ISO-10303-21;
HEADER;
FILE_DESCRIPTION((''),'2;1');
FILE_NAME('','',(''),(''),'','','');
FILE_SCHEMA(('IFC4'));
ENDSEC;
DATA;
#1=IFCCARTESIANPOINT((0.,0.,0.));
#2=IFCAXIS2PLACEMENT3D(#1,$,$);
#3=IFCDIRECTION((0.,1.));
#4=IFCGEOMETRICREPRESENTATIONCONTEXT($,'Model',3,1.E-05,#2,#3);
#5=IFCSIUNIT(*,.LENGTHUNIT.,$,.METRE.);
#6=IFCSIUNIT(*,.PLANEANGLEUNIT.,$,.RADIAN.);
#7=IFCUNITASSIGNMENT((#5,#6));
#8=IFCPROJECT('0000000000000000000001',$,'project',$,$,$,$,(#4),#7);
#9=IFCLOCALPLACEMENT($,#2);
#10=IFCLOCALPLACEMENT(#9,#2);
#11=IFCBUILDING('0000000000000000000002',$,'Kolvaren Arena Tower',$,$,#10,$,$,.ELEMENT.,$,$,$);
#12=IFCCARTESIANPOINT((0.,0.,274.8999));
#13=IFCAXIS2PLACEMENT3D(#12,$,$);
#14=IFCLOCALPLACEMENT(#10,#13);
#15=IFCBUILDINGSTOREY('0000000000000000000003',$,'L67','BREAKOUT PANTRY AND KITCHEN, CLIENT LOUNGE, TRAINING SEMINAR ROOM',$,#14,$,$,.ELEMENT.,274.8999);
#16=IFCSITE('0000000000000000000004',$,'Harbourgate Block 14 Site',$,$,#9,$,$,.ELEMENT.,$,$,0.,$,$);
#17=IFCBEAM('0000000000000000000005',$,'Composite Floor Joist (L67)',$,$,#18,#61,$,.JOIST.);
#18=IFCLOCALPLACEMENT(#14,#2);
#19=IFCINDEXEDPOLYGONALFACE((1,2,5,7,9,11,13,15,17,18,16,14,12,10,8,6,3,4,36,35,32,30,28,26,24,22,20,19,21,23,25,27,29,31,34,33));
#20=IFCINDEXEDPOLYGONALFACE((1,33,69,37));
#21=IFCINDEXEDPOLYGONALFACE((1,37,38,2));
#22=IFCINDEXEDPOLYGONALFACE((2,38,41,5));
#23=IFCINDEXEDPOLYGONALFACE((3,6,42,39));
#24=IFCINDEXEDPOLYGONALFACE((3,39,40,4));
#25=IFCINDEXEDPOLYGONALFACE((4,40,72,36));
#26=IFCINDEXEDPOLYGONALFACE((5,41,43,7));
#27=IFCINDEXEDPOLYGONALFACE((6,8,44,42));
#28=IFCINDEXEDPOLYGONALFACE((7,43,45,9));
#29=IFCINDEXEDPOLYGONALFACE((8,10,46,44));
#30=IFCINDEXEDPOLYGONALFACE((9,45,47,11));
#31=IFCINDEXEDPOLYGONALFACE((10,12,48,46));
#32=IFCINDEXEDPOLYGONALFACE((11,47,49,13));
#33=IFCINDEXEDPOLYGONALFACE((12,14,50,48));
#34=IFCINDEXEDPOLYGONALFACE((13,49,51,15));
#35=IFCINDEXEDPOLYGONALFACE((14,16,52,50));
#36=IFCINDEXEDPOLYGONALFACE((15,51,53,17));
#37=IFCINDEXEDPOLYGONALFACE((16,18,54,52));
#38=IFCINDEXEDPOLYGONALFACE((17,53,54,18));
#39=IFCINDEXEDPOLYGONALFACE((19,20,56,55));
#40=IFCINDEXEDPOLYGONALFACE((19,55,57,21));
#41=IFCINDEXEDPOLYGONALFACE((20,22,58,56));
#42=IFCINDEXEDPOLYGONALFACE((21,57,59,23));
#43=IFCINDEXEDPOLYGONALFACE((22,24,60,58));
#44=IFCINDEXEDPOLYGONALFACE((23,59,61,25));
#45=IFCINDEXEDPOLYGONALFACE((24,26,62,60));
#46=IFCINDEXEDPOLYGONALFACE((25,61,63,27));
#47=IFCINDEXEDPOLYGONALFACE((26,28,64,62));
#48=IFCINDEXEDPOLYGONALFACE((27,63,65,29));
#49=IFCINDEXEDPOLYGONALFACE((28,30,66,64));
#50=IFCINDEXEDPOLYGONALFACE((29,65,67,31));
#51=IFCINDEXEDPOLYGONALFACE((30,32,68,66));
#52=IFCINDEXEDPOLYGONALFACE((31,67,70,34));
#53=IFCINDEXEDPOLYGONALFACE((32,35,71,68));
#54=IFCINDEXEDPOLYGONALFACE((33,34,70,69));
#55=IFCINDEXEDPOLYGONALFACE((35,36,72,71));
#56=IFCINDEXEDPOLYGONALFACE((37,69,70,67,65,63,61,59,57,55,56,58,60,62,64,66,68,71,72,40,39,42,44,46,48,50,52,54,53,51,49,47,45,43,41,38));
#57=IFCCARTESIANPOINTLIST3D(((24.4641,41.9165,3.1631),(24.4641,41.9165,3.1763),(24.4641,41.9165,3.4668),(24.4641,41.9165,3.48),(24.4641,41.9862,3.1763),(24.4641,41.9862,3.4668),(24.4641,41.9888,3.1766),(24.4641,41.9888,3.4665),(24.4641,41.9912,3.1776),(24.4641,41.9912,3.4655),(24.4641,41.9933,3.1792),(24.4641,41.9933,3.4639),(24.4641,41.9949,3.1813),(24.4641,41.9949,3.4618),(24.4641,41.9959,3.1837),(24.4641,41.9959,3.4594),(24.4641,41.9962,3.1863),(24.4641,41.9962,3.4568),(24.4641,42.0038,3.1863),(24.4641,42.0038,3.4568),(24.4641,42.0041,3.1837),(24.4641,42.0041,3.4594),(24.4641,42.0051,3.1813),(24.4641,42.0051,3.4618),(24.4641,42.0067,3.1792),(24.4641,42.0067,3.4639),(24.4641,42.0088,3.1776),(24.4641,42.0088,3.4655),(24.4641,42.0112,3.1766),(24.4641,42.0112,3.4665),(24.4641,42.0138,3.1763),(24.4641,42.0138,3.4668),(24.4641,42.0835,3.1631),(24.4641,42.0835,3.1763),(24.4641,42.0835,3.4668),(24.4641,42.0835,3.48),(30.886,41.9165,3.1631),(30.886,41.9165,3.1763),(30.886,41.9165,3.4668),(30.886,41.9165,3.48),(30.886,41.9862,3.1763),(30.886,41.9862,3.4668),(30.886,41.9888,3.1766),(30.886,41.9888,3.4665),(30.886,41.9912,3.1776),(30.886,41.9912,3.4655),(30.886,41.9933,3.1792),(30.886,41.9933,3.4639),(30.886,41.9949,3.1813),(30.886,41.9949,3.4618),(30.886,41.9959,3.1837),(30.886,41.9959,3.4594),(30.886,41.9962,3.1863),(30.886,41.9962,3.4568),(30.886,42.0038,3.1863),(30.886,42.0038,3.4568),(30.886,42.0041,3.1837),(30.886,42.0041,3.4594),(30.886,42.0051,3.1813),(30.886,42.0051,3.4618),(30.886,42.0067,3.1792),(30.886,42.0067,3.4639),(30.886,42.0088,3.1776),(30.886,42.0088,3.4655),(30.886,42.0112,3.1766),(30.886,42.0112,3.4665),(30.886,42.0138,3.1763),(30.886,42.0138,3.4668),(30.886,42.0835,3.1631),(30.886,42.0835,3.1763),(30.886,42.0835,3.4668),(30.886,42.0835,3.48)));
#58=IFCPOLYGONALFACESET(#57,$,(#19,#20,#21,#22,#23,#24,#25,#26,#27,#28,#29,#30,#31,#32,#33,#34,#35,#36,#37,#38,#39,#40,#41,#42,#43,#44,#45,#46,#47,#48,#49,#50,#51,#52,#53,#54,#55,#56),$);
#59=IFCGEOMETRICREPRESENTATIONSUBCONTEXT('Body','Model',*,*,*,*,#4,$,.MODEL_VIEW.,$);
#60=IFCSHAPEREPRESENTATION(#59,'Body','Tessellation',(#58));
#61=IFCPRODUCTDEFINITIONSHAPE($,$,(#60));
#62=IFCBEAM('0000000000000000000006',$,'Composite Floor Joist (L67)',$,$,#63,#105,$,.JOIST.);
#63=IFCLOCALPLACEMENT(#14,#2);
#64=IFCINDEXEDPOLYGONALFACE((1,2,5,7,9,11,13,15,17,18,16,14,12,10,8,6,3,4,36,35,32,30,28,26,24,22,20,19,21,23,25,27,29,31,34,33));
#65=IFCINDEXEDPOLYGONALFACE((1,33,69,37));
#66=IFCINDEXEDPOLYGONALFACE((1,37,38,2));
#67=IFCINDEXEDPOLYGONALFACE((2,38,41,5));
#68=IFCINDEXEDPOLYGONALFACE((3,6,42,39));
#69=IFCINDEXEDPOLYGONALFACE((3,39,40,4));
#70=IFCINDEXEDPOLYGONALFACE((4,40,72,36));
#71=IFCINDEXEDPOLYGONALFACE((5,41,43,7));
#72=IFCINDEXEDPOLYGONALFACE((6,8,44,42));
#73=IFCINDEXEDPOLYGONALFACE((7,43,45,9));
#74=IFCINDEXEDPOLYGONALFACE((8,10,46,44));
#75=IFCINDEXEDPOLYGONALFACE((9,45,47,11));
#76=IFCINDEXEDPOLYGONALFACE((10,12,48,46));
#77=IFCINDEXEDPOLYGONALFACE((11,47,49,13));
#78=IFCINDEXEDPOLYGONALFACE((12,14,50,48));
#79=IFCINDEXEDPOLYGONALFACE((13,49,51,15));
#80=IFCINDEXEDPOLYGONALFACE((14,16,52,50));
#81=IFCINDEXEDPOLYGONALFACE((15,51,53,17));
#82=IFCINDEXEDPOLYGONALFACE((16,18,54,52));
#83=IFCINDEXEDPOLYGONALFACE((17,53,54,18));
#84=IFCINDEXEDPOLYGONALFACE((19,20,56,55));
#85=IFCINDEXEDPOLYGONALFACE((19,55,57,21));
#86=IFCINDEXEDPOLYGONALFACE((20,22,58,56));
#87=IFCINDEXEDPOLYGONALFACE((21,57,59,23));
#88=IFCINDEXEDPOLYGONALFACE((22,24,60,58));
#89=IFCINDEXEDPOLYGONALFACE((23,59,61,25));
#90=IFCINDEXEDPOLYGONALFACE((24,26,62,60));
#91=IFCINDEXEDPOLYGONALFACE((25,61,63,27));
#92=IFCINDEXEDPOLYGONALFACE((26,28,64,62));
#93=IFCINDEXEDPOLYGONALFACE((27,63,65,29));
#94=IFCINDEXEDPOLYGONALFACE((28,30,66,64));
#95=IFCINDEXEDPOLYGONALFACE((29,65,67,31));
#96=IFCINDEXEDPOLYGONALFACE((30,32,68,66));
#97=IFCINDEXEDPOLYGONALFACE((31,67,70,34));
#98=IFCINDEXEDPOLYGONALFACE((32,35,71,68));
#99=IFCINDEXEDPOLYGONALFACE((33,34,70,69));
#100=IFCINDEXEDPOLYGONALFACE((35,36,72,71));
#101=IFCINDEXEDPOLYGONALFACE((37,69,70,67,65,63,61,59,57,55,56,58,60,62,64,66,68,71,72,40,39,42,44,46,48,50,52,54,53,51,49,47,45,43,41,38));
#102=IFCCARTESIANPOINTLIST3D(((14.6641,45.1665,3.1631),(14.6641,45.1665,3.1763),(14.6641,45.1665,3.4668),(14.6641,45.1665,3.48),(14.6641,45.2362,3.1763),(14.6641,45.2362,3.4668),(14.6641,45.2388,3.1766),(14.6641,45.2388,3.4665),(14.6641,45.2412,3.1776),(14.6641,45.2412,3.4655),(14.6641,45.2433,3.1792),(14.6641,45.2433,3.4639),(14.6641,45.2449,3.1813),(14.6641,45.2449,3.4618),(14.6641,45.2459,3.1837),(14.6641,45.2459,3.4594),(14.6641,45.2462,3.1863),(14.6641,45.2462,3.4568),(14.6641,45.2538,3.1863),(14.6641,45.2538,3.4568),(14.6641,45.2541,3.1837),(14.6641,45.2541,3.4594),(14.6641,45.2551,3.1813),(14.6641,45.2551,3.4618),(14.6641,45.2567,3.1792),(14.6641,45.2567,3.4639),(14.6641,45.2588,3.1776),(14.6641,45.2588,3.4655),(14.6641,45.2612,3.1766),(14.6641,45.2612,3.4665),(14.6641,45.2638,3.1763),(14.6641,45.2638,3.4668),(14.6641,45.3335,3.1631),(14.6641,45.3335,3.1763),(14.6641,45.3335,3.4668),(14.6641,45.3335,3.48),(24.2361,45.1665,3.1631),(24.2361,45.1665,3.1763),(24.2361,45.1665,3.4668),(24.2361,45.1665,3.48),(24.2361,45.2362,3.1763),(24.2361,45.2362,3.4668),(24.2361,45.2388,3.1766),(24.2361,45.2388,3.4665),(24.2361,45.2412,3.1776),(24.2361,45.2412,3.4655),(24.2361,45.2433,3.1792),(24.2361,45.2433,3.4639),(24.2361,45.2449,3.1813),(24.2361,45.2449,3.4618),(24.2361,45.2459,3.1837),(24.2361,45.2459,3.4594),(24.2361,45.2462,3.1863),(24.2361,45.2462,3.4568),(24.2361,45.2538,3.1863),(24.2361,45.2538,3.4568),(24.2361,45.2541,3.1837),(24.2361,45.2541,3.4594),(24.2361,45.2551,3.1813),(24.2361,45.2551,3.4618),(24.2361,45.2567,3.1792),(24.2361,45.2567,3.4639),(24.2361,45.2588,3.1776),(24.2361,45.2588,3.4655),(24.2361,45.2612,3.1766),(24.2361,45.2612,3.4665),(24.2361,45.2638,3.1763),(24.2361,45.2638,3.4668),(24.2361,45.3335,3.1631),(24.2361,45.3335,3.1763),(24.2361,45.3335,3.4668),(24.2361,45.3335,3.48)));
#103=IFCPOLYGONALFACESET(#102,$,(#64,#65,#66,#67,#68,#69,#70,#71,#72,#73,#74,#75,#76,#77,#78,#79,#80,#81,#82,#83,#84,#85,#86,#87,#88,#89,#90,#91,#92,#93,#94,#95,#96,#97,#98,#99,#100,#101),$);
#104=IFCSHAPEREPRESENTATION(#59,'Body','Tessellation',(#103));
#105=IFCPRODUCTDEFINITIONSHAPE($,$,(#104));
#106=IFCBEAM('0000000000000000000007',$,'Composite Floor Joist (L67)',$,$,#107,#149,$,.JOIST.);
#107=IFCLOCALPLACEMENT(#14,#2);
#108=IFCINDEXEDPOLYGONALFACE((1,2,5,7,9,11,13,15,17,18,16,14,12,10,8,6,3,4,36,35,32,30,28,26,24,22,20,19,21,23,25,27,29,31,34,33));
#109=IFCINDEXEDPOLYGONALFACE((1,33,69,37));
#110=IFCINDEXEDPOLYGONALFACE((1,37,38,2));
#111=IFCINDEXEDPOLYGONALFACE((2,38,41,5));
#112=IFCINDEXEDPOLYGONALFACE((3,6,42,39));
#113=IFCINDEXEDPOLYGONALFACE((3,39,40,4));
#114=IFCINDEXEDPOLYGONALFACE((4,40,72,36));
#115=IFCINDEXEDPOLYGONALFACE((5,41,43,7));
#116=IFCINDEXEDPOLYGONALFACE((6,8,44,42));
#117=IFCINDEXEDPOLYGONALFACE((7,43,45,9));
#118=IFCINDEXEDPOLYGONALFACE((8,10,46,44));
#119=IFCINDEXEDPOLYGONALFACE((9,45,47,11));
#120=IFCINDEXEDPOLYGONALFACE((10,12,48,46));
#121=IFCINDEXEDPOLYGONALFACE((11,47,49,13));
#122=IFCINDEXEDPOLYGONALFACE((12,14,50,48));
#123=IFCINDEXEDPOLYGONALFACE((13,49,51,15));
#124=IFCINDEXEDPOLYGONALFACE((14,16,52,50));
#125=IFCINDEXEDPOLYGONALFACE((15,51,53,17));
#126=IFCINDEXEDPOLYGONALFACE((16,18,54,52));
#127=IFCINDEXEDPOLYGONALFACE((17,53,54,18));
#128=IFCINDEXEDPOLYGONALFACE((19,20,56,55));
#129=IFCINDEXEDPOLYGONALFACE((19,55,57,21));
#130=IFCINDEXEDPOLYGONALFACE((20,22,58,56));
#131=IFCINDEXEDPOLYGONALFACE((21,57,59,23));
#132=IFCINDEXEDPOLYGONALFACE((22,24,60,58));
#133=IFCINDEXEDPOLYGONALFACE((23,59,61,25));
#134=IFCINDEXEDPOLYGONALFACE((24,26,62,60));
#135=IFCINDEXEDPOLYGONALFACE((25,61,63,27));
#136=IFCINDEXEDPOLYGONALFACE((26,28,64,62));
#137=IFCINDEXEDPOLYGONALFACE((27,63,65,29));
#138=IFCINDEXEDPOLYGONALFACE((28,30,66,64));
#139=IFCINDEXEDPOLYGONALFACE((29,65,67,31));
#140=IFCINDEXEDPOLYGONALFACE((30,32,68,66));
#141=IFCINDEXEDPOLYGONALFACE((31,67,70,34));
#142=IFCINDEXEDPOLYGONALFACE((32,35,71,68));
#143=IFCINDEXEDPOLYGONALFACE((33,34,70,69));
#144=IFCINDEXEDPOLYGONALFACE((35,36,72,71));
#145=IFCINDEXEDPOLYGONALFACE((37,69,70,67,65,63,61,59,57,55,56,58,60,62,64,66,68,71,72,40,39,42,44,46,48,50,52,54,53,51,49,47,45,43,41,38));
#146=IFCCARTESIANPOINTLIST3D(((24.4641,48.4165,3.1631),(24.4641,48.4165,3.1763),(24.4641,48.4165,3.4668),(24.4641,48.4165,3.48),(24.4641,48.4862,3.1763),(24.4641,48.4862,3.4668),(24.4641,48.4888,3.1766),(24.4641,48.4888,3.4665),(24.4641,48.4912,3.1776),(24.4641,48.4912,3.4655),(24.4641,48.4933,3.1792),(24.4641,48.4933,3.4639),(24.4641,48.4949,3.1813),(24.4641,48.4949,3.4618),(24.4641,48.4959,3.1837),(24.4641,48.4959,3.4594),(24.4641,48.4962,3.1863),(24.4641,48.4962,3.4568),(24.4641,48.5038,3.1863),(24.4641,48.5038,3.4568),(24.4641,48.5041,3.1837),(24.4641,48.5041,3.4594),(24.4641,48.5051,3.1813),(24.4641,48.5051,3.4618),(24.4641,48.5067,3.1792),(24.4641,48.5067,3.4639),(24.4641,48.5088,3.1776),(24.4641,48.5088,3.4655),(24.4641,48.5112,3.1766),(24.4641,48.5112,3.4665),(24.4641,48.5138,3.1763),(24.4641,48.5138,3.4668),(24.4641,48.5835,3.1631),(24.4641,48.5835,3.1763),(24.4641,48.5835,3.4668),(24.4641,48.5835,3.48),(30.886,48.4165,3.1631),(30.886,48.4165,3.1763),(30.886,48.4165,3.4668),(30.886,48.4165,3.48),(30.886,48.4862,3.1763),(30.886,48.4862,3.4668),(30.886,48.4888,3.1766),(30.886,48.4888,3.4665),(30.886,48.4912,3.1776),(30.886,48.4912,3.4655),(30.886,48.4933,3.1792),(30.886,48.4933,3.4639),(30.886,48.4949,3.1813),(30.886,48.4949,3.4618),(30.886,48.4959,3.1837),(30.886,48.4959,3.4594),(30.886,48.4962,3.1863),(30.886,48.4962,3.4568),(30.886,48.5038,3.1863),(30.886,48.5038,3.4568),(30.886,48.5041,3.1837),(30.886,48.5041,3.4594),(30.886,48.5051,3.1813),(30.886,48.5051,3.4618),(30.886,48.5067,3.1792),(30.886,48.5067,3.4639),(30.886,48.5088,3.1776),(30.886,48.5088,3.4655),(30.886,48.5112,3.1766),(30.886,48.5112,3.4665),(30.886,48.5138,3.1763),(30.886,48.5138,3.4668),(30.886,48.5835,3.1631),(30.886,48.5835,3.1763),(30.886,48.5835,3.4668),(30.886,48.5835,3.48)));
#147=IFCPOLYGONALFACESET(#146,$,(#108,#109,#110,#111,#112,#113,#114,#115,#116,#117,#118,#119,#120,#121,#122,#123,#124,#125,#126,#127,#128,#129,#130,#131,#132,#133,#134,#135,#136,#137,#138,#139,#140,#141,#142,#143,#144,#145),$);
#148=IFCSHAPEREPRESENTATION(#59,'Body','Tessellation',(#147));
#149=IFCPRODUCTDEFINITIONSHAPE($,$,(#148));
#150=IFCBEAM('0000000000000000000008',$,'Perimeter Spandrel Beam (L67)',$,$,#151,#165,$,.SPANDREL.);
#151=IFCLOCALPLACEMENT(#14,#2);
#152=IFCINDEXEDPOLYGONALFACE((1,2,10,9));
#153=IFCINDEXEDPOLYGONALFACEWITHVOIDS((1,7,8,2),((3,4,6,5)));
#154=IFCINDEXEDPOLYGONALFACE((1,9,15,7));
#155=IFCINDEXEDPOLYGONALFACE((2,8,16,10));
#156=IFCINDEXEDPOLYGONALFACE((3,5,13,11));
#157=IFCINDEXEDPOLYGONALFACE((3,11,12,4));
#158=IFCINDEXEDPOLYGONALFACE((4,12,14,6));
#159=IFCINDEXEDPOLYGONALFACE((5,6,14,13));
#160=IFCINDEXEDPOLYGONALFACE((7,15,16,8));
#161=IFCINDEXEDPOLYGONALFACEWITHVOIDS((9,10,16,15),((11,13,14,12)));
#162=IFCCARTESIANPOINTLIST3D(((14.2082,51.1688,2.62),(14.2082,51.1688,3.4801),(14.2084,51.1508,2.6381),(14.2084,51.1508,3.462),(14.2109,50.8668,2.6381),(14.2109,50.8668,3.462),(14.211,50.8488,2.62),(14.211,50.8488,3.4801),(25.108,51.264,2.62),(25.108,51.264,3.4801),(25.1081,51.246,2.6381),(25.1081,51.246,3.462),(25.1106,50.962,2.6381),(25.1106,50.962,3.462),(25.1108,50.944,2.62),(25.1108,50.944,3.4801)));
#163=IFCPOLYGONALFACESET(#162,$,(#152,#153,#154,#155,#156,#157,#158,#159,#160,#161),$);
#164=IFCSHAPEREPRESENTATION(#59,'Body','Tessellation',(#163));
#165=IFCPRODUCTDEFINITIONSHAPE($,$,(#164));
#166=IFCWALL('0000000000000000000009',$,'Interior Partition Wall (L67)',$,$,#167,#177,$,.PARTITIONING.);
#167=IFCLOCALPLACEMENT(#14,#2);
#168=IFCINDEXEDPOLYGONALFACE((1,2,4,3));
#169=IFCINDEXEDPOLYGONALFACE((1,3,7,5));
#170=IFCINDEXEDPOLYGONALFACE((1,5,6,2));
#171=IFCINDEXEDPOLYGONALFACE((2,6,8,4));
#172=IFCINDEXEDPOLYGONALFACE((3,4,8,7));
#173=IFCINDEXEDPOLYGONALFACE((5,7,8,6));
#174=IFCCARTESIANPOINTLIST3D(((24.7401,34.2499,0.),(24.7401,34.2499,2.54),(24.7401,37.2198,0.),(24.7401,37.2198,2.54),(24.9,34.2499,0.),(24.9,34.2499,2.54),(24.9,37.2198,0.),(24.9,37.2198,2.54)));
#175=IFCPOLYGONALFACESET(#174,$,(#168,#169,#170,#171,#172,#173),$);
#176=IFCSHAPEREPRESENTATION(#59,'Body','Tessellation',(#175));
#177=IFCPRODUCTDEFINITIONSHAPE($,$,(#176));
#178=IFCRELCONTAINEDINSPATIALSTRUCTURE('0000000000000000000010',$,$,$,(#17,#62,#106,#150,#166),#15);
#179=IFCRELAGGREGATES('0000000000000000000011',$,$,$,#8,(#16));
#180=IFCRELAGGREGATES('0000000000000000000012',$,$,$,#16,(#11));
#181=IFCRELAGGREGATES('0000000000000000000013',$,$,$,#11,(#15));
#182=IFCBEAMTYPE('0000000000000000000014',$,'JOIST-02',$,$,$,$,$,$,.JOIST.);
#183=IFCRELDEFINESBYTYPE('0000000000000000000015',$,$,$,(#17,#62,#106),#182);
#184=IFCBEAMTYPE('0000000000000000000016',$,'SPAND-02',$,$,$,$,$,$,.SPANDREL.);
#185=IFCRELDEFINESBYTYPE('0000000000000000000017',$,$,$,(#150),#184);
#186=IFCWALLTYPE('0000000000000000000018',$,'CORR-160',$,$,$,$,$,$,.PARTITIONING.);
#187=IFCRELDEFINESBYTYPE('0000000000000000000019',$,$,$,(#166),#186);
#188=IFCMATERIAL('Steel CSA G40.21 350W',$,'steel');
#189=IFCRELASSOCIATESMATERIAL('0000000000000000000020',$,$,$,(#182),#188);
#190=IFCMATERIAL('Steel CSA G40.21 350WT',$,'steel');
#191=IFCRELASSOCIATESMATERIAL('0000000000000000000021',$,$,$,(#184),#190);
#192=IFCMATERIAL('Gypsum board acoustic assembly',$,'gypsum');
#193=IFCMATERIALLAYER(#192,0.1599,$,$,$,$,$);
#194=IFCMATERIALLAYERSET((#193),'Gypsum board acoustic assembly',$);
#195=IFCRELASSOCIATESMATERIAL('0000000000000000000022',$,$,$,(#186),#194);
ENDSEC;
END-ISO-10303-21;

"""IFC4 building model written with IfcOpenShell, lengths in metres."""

from ifc_helpers import new_model, si_unit, direction, frame, frame_2d, origin, origin_2d, place, context, subcontext, project, spatial, rectangle, hollow_rectangle, i_section, extrude, material, layer, layer_set, material_profile, profile_set, type_object, element, save


model = new_model("IFC4")

# Units and contexts
model_context = context("Model", 3, precision=1e-05, world=origin(), true_north=direction((0.0, 1.0)))
body_context = subcontext(model_context, "Body", "Model", "MODEL_VIEW")
ifc_project = project(units=[si_unit("LENGTHUNIT", "METRE"), si_unit("PLANEANGLEUNIT", "RADIAN")], contexts=[model_context])

# Site, building, storey
site_placement = place(None, origin())
site = spatial("IfcSite", under=ifc_project, at=site_placement, Name="Harbourgate Block 14 Site", CompositionType="ELEMENT", RefElevation=0.0)
building_placement = place(site_placement, origin())
building = spatial("IfcBuilding", under=site, at=building_placement, Name="Kolvaren Arena Tower", CompositionType="ELEMENT")
storey_placement = place(building_placement, frame((0.0, 0.0, 274.8999)))
storey = spatial("IfcBuildingStorey", under=building, at=storey_placement, Name="L67", Description="BREAKOUT PANTRY AND KITCHEN, CLIENT LOUNGE, TRAINING SEMINAR ROOM", CompositionType="ELEMENT", Elevation=274.8999)

# Beams
ifc_material_1 = material(Name="Steel CSA G40.21 350W", Category="steel")
ifc_material_profile_1 = material_profile(ifc_material_1, i_section(OverallWidth=0.167, OverallDepth=0.3169, WebThickness=0.0076, FlangeThickness=0.0132, FilletRadius=0.01, at=origin_2d()), Name="W310x52")
ifc_profile_set_1 = profile_set([ifc_material_profile_1], Name="Steel CSA G40.21 350W")
beam_type_1 = type_object("IfcBeamType", Name="JOIST-02", PredefinedType="JOIST", material=ifc_profile_set_1)
beam_1_placement = place(storey_placement, frame((24.4641, 42.0, 3.3215), z_axis=(1.0, 0.0, 0.0), x_axis=(0.0, 1.0, 0.0)))
element("IfcBeam", 1, at=beam_1_placement, inside=storey, type_object=beam_type_1, Name="Composite Floor Joist (L67)", PredefinedType="JOIST", context=body_context, shape_type="SweptSolid", body=[
    extrude(i_section(OverallWidth=0.167, OverallDepth=0.3169, WebThickness=0.0076, FlangeThickness=0.0132, FilletRadius=0.01, at=origin_2d()), origin(), (0.0, 0.0, 1.0), 6.4219),
])
beam_2_placement = place(storey_placement, frame((14.6641, 45.25, 3.3215), z_axis=(1.0, 0.0, 0.0), x_axis=(0.0, 1.0, 0.0)))
element("IfcBeam", 2, at=beam_2_placement, inside=storey, type_object=beam_type_1, Name="Composite Floor Joist (L67)", PredefinedType="JOIST", context=body_context, shape_type="SweptSolid", body=[
    extrude(i_section(OverallWidth=0.167, OverallDepth=0.3169, WebThickness=0.0076, FlangeThickness=0.0132, FilletRadius=0.01, at=origin_2d()), origin(), (0.0, 0.0, 1.0), 9.572),
])
beam_3_placement = place(storey_placement, frame((24.4641, 48.5, 3.3215), z_axis=(1.0, 0.0, 0.0), x_axis=(0.0, 1.0, 0.0)))
element("IfcBeam", 3, at=beam_3_placement, inside=storey, type_object=beam_type_1, Name="Composite Floor Joist (L67)", PredefinedType="JOIST", context=body_context, shape_type="SweptSolid", body=[
    extrude(i_section(OverallWidth=0.167, OverallDepth=0.3169, WebThickness=0.0076, FlangeThickness=0.0132, FilletRadius=0.01, at=origin_2d()), origin(), (0.0, 0.0, 1.0), 6.4219),
])
ifc_material_2 = material(Name="Steel CSA G40.21 350WT", Category="steel")
ifc_material_profile_2 = material_profile(ifc_material_2, hollow_rectangle(XDim=0.3201, YDim=0.8601, WallThickness=0.0181, at=origin_2d()), Name="HSS 860x320x18")
ifc_profile_set_2 = profile_set([ifc_material_profile_2], Name="Steel CSA G40.21 350WT")
beam_type_2 = type_object("IfcBeamType", Name="SPAND-02", PredefinedType="SPANDREL", material=ifc_profile_set_2)
beam_4_placement = place(storey_placement, frame((25.1094, 51.104, 3.05), z_axis=(-0.999962, -0.008735, 0.0), x_axis=(0.008735, -0.999962, 0.0)))
element("IfcBeam", 4, at=beam_4_placement, inside=storey, type_object=beam_type_2, Name="Perimeter Spandrel Beam (L67)", PredefinedType="SPANDREL", context=body_context, shape_type="SweptSolid", body=[
    extrude(hollow_rectangle(XDim=0.3201, YDim=0.8601, WallThickness=0.0181, at=origin_2d()), origin(), (0.0, 0.0, 1.0), 10.9001),
])

# Wall
ifc_material_3 = material(Name="Gypsum board acoustic assembly", Category="gypsum")
ifc_layer = layer(ifc_material_3, 0.1599)
ifc_layer_set = layer_set([ifc_layer], Name="Gypsum board acoustic assembly")
wall_type = type_object("IfcWallType", Name="CORR-160", PredefinedType="PARTITIONING", material=ifc_layer_set)
wall_1_placement = place(storey_placement, frame((24.8201, 34.25, 0.0), z_axis=(0.0, 0.0, 1.0), x_axis=(0.0, 1.0, 0.0)))
element("IfcWall", 5, at=wall_1_placement, inside=storey, type_object=wall_type, Name="Interior Partition Wall (L67)", PredefinedType="PARTITIONING", context=body_context, shape_type="SweptSolid", body=[
    extrude(rectangle(XDim=2.97, YDim=0.1599, at=frame_2d((1.4849, 0.0))), origin(), (0.0, 0.0, 1.0), 2.54),
])

save(model, "model.ifc")
